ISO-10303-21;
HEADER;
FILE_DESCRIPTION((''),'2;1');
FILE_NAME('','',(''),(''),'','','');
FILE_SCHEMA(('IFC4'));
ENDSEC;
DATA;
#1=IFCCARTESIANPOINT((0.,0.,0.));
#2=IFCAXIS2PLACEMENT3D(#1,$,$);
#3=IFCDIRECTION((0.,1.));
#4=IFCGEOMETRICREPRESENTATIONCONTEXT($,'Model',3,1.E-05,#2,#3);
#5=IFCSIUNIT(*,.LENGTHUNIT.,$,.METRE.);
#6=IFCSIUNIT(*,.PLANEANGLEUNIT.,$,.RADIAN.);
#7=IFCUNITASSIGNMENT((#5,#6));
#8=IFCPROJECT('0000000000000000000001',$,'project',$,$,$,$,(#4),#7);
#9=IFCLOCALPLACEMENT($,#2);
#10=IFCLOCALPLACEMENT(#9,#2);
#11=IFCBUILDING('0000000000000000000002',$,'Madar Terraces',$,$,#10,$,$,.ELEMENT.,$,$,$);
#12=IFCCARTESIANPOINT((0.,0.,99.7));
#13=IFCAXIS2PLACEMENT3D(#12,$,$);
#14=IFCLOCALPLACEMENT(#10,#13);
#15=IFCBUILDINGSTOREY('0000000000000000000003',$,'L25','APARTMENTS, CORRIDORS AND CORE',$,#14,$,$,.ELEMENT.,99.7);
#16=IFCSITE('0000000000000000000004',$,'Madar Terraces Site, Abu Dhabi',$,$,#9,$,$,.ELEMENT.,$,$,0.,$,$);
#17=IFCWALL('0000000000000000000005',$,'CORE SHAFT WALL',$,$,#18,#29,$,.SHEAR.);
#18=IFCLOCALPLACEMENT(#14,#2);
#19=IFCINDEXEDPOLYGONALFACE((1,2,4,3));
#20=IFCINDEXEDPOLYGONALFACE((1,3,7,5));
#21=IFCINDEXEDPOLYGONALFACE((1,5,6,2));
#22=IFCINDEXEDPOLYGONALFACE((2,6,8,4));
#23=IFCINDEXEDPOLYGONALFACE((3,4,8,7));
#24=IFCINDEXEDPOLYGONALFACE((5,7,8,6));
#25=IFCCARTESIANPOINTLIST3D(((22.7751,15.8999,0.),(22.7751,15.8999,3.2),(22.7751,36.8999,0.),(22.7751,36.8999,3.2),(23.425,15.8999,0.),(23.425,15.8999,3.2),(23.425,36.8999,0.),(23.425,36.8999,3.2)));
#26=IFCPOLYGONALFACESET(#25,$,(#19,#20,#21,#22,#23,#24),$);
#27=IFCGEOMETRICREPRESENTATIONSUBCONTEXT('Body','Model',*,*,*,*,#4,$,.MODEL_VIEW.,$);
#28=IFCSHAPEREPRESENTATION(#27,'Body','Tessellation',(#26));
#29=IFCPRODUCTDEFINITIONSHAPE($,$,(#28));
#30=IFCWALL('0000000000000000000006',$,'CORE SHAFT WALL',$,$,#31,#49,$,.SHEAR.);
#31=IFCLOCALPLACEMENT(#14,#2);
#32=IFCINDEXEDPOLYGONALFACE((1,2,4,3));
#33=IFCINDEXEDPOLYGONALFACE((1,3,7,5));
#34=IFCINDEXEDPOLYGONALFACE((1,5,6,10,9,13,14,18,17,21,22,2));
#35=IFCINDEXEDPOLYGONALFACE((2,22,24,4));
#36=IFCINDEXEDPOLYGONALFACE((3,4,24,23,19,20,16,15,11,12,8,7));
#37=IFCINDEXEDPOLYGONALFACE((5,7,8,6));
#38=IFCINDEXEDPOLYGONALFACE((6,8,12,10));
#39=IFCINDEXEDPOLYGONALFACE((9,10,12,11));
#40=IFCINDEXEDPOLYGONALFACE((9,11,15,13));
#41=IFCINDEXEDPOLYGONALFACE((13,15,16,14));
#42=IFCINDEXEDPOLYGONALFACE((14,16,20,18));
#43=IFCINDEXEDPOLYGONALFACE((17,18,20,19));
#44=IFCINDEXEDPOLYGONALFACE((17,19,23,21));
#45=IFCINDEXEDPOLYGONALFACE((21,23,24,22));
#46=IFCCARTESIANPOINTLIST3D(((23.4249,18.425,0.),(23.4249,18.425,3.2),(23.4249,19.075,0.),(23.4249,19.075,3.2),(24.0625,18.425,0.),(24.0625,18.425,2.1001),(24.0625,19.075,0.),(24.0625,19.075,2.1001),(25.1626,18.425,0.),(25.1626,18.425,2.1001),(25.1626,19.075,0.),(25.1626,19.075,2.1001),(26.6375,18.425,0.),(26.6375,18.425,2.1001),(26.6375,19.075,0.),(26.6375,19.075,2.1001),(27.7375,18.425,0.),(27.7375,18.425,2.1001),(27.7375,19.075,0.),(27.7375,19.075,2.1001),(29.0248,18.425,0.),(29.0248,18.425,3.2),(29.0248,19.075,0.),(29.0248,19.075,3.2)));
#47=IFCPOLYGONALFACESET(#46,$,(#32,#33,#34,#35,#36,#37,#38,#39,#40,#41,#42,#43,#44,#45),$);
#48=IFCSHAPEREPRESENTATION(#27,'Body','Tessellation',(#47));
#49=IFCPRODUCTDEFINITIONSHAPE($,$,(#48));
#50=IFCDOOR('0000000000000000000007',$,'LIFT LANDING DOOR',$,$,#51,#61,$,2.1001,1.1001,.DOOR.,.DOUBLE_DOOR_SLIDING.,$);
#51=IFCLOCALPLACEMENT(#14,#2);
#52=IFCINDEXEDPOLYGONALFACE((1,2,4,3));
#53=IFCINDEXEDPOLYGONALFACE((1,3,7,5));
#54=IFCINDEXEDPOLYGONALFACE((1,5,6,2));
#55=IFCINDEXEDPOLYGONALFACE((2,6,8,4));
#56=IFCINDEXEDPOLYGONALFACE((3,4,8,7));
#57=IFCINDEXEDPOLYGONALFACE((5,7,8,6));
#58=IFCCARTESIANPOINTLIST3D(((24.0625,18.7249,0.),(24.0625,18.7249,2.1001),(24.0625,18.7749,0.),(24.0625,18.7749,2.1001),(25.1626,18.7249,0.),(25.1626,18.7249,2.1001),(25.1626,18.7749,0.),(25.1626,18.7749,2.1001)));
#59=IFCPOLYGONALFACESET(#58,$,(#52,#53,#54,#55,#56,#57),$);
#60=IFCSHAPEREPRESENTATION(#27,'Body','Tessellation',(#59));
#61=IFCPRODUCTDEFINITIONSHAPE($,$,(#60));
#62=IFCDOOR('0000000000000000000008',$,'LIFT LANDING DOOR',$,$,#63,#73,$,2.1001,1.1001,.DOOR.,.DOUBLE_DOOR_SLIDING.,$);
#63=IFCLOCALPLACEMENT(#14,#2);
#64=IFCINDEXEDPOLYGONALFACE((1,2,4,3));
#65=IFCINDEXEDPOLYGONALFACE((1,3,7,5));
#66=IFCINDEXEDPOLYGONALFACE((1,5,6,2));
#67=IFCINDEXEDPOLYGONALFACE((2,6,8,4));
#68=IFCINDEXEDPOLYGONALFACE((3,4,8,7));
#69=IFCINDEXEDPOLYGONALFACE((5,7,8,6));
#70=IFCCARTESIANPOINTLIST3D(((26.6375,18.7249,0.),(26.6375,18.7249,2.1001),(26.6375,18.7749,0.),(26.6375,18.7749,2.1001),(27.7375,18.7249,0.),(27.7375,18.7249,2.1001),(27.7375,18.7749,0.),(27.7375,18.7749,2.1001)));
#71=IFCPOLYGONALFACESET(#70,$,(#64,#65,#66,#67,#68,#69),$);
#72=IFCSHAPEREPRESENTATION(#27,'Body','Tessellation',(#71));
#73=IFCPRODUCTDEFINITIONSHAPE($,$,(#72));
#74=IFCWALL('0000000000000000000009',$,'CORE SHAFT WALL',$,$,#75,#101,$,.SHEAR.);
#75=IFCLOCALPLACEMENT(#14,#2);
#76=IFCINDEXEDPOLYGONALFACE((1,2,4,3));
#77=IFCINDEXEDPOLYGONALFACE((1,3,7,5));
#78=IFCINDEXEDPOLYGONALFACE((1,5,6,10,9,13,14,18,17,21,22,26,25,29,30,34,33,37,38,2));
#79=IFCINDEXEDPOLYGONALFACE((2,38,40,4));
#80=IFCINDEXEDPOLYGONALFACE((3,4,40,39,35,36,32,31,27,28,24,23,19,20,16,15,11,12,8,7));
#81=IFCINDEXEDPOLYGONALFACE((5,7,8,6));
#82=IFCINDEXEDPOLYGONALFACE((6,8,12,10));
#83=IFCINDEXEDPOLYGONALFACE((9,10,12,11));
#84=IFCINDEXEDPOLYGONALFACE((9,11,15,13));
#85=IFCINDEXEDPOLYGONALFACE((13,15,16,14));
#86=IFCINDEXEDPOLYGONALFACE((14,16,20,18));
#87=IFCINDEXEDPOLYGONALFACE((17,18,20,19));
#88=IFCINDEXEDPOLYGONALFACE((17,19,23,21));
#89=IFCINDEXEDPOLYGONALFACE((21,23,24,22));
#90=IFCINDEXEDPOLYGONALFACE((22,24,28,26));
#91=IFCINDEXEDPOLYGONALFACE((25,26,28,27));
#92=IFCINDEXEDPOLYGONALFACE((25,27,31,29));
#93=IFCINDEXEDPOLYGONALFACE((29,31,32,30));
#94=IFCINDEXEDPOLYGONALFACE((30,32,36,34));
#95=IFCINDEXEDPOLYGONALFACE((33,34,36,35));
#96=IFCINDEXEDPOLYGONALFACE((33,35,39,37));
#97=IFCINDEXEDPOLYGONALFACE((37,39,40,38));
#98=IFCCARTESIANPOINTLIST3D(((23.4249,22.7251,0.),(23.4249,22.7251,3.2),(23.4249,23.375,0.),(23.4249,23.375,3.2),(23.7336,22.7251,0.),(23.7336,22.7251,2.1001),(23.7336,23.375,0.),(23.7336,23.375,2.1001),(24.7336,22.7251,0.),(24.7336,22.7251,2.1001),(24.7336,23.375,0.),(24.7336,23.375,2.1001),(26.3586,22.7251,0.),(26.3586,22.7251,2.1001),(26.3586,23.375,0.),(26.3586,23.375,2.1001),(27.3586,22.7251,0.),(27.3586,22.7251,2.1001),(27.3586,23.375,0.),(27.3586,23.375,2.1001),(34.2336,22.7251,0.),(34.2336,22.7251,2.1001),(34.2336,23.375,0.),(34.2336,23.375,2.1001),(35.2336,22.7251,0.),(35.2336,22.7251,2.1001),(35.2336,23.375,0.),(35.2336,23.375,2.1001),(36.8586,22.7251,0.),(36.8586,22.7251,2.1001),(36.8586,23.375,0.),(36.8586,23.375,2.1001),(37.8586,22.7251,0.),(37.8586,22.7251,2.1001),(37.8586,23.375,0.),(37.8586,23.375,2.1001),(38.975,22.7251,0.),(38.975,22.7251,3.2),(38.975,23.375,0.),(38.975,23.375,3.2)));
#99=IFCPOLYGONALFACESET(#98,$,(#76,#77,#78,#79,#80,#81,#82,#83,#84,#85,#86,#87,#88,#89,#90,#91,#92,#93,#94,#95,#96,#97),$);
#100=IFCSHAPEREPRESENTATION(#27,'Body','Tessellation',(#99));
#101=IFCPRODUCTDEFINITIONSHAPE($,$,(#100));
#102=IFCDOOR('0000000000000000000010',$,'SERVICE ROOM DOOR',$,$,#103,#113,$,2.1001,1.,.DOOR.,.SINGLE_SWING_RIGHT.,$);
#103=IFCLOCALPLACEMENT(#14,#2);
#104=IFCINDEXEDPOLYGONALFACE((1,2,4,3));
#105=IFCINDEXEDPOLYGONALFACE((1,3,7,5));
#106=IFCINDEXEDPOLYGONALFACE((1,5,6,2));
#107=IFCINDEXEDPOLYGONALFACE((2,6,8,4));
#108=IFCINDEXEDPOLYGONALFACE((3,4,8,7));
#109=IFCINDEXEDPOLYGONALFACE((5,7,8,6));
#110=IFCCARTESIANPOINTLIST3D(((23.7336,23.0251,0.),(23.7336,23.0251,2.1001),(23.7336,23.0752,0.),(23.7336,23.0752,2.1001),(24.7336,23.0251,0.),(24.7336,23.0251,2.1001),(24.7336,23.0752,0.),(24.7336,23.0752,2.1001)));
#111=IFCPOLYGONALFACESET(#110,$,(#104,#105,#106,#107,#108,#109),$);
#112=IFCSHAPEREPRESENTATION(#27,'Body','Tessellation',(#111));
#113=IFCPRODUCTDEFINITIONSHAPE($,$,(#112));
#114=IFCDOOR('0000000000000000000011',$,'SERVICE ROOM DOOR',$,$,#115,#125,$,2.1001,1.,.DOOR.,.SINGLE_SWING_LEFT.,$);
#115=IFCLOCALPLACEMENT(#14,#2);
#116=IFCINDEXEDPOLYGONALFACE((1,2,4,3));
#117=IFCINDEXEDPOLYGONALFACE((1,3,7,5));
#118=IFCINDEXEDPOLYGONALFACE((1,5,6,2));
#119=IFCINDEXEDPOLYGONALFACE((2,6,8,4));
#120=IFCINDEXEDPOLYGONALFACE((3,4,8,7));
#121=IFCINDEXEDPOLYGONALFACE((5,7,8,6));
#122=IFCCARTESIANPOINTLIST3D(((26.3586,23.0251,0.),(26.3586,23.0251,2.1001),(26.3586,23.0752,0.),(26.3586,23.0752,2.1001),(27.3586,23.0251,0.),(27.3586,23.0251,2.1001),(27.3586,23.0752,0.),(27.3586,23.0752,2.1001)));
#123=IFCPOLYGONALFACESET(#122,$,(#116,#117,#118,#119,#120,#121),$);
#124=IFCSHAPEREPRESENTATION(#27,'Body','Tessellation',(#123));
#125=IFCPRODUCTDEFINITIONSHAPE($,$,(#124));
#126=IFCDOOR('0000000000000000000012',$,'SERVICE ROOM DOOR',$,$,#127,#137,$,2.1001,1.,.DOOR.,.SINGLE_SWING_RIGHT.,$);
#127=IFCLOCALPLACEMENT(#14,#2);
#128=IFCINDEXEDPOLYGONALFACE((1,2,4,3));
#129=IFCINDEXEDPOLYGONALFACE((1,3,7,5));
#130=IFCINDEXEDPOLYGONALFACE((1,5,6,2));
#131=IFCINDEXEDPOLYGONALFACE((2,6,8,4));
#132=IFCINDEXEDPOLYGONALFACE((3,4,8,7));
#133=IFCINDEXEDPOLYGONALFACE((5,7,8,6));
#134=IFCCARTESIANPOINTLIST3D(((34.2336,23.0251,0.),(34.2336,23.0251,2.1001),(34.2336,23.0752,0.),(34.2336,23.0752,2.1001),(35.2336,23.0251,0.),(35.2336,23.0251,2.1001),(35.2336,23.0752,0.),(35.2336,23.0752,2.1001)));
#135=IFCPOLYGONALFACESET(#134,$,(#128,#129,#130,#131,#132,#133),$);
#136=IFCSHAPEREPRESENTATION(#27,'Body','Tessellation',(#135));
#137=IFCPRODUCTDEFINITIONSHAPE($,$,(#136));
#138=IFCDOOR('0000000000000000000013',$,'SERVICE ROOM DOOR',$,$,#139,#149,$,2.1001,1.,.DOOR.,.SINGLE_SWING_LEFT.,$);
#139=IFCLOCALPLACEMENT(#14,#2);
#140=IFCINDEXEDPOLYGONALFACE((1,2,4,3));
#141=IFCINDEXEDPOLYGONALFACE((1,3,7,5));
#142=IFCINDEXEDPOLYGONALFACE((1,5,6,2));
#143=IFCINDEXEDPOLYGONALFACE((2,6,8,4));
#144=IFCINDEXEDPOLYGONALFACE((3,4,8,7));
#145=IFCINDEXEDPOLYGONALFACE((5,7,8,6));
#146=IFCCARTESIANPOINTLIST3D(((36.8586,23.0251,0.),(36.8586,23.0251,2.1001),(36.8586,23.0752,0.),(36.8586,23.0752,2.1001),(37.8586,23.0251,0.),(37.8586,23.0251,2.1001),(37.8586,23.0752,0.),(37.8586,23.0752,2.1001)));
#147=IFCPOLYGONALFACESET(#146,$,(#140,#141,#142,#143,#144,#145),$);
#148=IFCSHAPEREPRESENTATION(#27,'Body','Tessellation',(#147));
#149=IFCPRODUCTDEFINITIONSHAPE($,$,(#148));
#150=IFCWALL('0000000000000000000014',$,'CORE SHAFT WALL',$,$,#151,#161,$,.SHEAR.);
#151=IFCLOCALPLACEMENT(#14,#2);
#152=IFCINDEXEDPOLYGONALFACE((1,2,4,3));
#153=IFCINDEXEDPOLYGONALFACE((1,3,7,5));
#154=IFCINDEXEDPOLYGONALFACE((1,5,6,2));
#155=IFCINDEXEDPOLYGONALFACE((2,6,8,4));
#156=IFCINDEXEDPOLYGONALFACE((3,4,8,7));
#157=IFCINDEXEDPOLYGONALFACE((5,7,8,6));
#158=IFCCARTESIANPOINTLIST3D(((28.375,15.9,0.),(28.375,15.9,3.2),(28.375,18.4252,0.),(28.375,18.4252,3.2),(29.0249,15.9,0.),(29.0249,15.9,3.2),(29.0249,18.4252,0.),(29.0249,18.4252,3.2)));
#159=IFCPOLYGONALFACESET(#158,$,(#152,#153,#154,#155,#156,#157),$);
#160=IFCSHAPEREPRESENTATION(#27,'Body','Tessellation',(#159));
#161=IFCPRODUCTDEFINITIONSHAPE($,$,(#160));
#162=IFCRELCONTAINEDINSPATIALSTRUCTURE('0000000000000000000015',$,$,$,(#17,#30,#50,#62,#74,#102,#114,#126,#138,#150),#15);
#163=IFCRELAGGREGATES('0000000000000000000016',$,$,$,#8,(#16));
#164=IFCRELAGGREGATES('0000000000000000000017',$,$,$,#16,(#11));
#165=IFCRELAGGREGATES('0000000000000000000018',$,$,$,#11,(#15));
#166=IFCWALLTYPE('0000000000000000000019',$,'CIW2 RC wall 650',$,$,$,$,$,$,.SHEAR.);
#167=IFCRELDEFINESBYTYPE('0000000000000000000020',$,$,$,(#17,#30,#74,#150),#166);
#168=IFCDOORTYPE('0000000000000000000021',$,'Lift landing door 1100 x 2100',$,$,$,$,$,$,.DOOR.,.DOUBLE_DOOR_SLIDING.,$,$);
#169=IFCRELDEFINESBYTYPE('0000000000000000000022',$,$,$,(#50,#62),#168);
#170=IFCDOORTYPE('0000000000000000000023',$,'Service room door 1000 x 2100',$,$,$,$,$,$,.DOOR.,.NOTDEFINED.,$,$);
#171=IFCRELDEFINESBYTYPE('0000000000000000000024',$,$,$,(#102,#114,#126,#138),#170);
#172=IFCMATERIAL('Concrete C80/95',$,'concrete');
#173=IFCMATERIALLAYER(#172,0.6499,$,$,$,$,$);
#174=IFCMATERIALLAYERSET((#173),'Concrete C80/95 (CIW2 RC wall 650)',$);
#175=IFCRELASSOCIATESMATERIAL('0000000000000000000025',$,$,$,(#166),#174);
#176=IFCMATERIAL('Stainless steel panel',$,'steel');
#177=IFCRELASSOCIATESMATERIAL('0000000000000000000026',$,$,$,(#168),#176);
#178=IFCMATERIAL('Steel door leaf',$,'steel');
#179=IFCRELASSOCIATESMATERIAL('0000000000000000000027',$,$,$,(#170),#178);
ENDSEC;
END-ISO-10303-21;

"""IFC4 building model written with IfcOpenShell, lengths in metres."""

from ifc_helpers import new_model, si_unit, direction, frame, frame_2d, origin, place, context, subcontext, project, spatial, rectangle, extrude, material, layer, layer_set, type_object, element, fill, save


model = new_model("IFC4")

# Units and contexts
model_context = context("Model", 3, precision=1e-05, world=origin(), true_north=direction((0.0, 1.0)))
body_context = subcontext(model_context, "Body", "Model", "MODEL_VIEW")
ifc_project = project(units=[si_unit("LENGTHUNIT", "METRE"), si_unit("PLANEANGLEUNIT", "RADIAN")], contexts=[model_context])

# Site, building, storey
site_placement = place(None, origin())
site = spatial("IfcSite", under=ifc_project, at=site_placement, Name="Madar Terraces Site, Abu Dhabi", CompositionType="ELEMENT", RefElevation=0.0)
building_placement = place(site_placement, origin())
building = spatial("IfcBuilding", under=site, at=building_placement, Name="Madar Terraces", CompositionType="ELEMENT")
storey_placement = place(building_placement, frame((0.0, 0.0, 99.7)))
storey = spatial("IfcBuildingStorey", under=building, at=storey_placement, Name="L25", Description="APARTMENTS, CORRIDORS AND CORE", CompositionType="ELEMENT", Elevation=99.7)

# Wall
ifc_material_1 = material(Name="Concrete C80/95", Category="concrete")
ifc_layer_1 = layer(ifc_material_1, 0.6499)
ifc_layer_set_1 = layer_set([ifc_layer_1], Name="Concrete C80/95 (CIW2 RC wall 650)")
wall_type_1 = type_object("IfcWallType", Name="CIW2 RC wall 650", PredefinedType="SHEAR", material=ifc_layer_set_1)
wall_1_placement = place(storey_placement, frame((23.1001, 15.8999, 0.0), z_axis=(0.0, 0.0, 1.0), x_axis=(0.0, 1.0, 0.0)))
element("IfcWall", 1, at=wall_1_placement, inside=storey, type_object=wall_type_1, Name="CORE SHAFT WALL", PredefinedType="SHEAR", context=body_context, shape_type="SweptSolid", body=[
    extrude(rectangle(XDim=21.0, YDim=0.6499, at=frame_2d((10.5, 0.0))), origin(), (0.0, 0.0, 1.0), 3.2),
])

# Walls, openings, doors
wall_2_placement = place(storey_placement, frame((23.425, 18.75, 0.0), z_axis=(0.0, 0.0, 1.0), x_axis=(1.0, 0.0, 0.0)))
wall_2 = element("IfcWall", 2, at=wall_2_placement, inside=storey, type_object=wall_type_1, Name="CORE SHAFT WALL", PredefinedType="SHEAR", context=body_context, shape_type="SweptSolid", body=[
    extrude(rectangle(XDim=5.5999, YDim=0.6499, at=frame_2d((2.7998, 0.0))), origin(), (0.0, 0.0, 1.0), 3.2),
])
opening_1_placement = place(wall_2_placement, frame((0.6375, 0.0, 0.0)))
opening_1 = element("IfcOpeningElement", 3, at=opening_1_placement, cuts=wall_2, PredefinedType="OPENING", context=body_context, shape_type="SweptSolid", body=[
    extrude(rectangle(XDim=1.1001, YDim=2.1001, at=frame_2d((0.55, 1.05))), frame((0.0, 0.335, 0.0), z_axis=(0.0, -1.0, 0.0), x_axis=(1.0, 0.0, 0.0)), (0.0, 0.0, 1.0), 0.6699),
])
opening_2_placement = place(wall_2_placement, frame((3.2124, 0.0, 0.0)))
opening_2 = element("IfcOpeningElement", 4, at=opening_2_placement, cuts=wall_2, PredefinedType="OPENING", context=body_context, shape_type="SweptSolid", body=[
    extrude(rectangle(XDim=1.1001, YDim=2.1001, at=frame_2d((0.55, 1.05))), frame((0.0, 0.335, 0.0), z_axis=(0.0, -1.0, 0.0), x_axis=(1.0, 0.0, 0.0)), (0.0, 0.0, 1.0), 0.6699),
])
ifc_material_2 = material(Name="Stainless steel panel", Category="steel")
door_type_1 = type_object("IfcDoorType", Name="Lift landing door 1100 x 2100", OperationType="DOUBLE_DOOR_SLIDING", PredefinedType="DOOR", material=ifc_material_2)
door_1_placement = place(opening_1_placement, origin())
door_1 = element("IfcDoor", 5, at=door_1_placement, inside=storey, type_object=door_type_1, Name="LIFT LANDING DOOR", OperationType="DOUBLE_DOOR_SLIDING", OverallHeight=2.1001, OverallWidth=1.1001, PredefinedType="DOOR", context=body_context, shape_type="SweptSolid", body=[
    extrude(rectangle(XDim=1.1001, YDim=2.1001, at=frame_2d((0.55, 1.05))), frame((0.0, 0.0249, 0.0), z_axis=(0.0, -1.0, 0.0), x_axis=(1.0, 0.0, 0.0)), (0.0, 0.0, 1.0), 0.05),
])
fill(opening_1, door_1)
door_2_placement = place(opening_2_placement, origin())
door_2 = element("IfcDoor", 6, at=door_2_placement, inside=storey, type_object=door_type_1, Name="LIFT LANDING DOOR", OperationType="DOUBLE_DOOR_SLIDING", OverallHeight=2.1001, OverallWidth=1.1001, PredefinedType="DOOR", context=body_context, shape_type="SweptSolid", body=[
    extrude(rectangle(XDim=1.1001, YDim=2.1001, at=frame_2d((0.55, 1.05))), frame((0.0, 0.0249, 0.0), z_axis=(0.0, -1.0, 0.0), x_axis=(1.0, 0.0, 0.0)), (0.0, 0.0, 1.0), 0.05),
])
fill(opening_2, door_2)
wall_3_placement = place(storey_placement, frame((23.425, 23.05, 0.0), z_axis=(0.0, 0.0, 1.0), x_axis=(1.0, 0.0, 0.0)))
wall_3 = element("IfcWall", 7, at=wall_3_placement, inside=storey, type_object=wall_type_1, Name="CORE SHAFT WALL", PredefinedType="SHEAR", context=body_context, shape_type="SweptSolid", body=[
    extrude(rectangle(XDim=15.55, YDim=0.6499, at=frame_2d((7.7749, 0.0))), origin(), (0.0, 0.0, 1.0), 3.2),
])
opening_3_placement = place(wall_3_placement, frame((0.3086, 0.0, 0.0)))
opening_3 = element("IfcOpeningElement", 8, at=opening_3_placement, cuts=wall_3, PredefinedType="OPENING", context=body_context, shape_type="SweptSolid", body=[
    extrude(rectangle(XDim=1.0, YDim=2.1001, at=frame_2d((0.5, 1.05))), frame((0.0, 0.335, 0.0), z_axis=(0.0, -1.0, 0.0), x_axis=(1.0, 0.0, 0.0)), (0.0, 0.0, 1.0), 0.6699),
])
opening_4_placement = place(wall_3_placement, frame((2.9336, 0.0, 0.0)))
opening_4 = element("IfcOpeningElement", 9, at=opening_4_placement, cuts=wall_3, PredefinedType="OPENING", context=body_context, shape_type="SweptSolid", body=[
    extrude(rectangle(XDim=1.0, YDim=2.1001, at=frame_2d((0.5, 1.05))), frame((0.0, 0.335, 0.0), z_axis=(0.0, -1.0, 0.0), x_axis=(1.0, 0.0, 0.0)), (0.0, 0.0, 1.0), 0.6699),
])
opening_5_placement = place(wall_3_placement, frame((10.8086, 0.0, 0.0)))
opening_5 = element("IfcOpeningElement", 10, at=opening_5_placement, cuts=wall_3, PredefinedType="OPENING", context=body_context, shape_type="SweptSolid", body=[
    extrude(rectangle(XDim=1.0, YDim=2.1001, at=frame_2d((0.5, 1.05))), frame((0.0, 0.335, 0.0), z_axis=(0.0, -1.0, 0.0), x_axis=(1.0, 0.0, 0.0)), (0.0, 0.0, 1.0), 0.6699),
])
opening_6_placement = place(wall_3_placement, frame((13.4336, 0.0, 0.0)))
opening_6 = element("IfcOpeningElement", 11, at=opening_6_placement, cuts=wall_3, PredefinedType="OPENING", context=body_context, shape_type="SweptSolid", body=[
    extrude(rectangle(XDim=1.0, YDim=2.1001, at=frame_2d((0.5, 1.05))), frame((0.0, 0.335, 0.0), z_axis=(0.0, -1.0, 0.0), x_axis=(1.0, 0.0, 0.0)), (0.0, 0.0, 1.0), 0.6699),
])
ifc_material_3 = material(Name="Steel door leaf", Category="steel")
door_type_2 = type_object("IfcDoorType", Name="Service room door 1000 x 2100", OperationType="NOTDEFINED", PredefinedType="DOOR", material=ifc_material_3)
door_3_placement = place(opening_3_placement, frame((1.0, 0.0, 0.0), z_axis=(0.0, 0.0, 1.0), x_axis=(-1.0, 0.0, 0.0)))
door_3 = element("IfcDoor", 12, at=door_3_placement, inside=storey, type_object=door_type_2, Name="SERVICE ROOM DOOR", OperationType="SINGLE_SWING_RIGHT", OverallHeight=2.1001, OverallWidth=1.0, PredefinedType="DOOR", context=body_context, shape_type="SweptSolid", body=[
    extrude(rectangle(XDim=1.0, YDim=2.1001, at=frame_2d((0.5, 1.05))), frame((0.0, 0.0249, 0.0), z_axis=(0.0, -1.0, 0.0), x_axis=(1.0, 0.0, 0.0)), (0.0, 0.0, 1.0), 0.05),
])
fill(opening_3, door_3)
door_4_placement = place(opening_4_placement, frame((1.0, 0.0, 0.0), z_axis=(0.0, 0.0, 1.0), x_axis=(-1.0, 0.0, 0.0)))
door_4 = element("IfcDoor", 13, at=door_4_placement, inside=storey, type_object=door_type_2, Name="SERVICE ROOM DOOR", OperationType="SINGLE_SWING_LEFT", OverallHeight=2.1001, OverallWidth=1.0, PredefinedType="DOOR", context=body_context, shape_type="SweptSolid", body=[
    extrude(rectangle(XDim=1.0, YDim=2.1001, at=frame_2d((0.5, 1.05))), frame((0.0, 0.0249, 0.0), z_axis=(0.0, -1.0, 0.0), x_axis=(1.0, 0.0, 0.0)), (0.0, 0.0, 1.0), 0.05),
])
fill(opening_4, door_4)
door_5_placement = place(opening_5_placement, frame((1.0, 0.0, 0.0), z_axis=(0.0, 0.0, 1.0), x_axis=(-1.0, 0.0, 0.0)))
door_5 = element("IfcDoor", 14, at=door_5_placement, inside=storey, type_object=door_type_2, Name="SERVICE ROOM DOOR", OperationType="SINGLE_SWING_RIGHT", OverallHeight=2.1001, OverallWidth=1.0, PredefinedType="DOOR", context=body_context, shape_type="SweptSolid", body=[
    extrude(rectangle(XDim=1.0, YDim=2.1001, at=frame_2d((0.5, 1.05))), frame((0.0, 0.0249, 0.0), z_axis=(0.0, -1.0, 0.0), x_axis=(1.0, 0.0, 0.0)), (0.0, 0.0, 1.0), 0.05),
])
fill(opening_5, door_5)
door_6_placement = place(opening_6_placement, frame((1.0, 0.0, 0.0), z_axis=(0.0, 0.0, 1.0), x_axis=(-1.0, 0.0, 0.0)))
door_6 = element("IfcDoor", 15, at=door_6_placement, inside=storey, type_object=door_type_2, Name="SERVICE ROOM DOOR", OperationType="SINGLE_SWING_LEFT", OverallHeight=2.1001, OverallWidth=1.0, PredefinedType="DOOR", context=body_context, shape_type="SweptSolid", body=[
    extrude(rectangle(XDim=1.0, YDim=2.1001, at=frame_2d((0.5, 1.05))), frame((0.0, 0.0249, 0.0), z_axis=(0.0, -1.0, 0.0), x_axis=(1.0, 0.0, 0.0)), (0.0, 0.0, 1.0), 0.05),
])
fill(opening_6, door_6)

# Wall
wall_4_placement = place(storey_placement, frame((28.7, 15.8999, 0.0), z_axis=(0.0, 0.0, 1.0), x_axis=(0.0, 1.0, 0.0)))
element("IfcWall", 16, at=wall_4_placement, inside=storey, type_object=wall_type_1, Name="CORE SHAFT WALL", PredefinedType="SHEAR", context=body_context, shape_type="SweptSolid", body=[
    extrude(rectangle(XDim=2.5251, YDim=0.6499, at=frame_2d((1.2627, 0.0))), origin(), (0.0, 0.0, 1.0), 3.2),
])

save(model, "model.ifc")
